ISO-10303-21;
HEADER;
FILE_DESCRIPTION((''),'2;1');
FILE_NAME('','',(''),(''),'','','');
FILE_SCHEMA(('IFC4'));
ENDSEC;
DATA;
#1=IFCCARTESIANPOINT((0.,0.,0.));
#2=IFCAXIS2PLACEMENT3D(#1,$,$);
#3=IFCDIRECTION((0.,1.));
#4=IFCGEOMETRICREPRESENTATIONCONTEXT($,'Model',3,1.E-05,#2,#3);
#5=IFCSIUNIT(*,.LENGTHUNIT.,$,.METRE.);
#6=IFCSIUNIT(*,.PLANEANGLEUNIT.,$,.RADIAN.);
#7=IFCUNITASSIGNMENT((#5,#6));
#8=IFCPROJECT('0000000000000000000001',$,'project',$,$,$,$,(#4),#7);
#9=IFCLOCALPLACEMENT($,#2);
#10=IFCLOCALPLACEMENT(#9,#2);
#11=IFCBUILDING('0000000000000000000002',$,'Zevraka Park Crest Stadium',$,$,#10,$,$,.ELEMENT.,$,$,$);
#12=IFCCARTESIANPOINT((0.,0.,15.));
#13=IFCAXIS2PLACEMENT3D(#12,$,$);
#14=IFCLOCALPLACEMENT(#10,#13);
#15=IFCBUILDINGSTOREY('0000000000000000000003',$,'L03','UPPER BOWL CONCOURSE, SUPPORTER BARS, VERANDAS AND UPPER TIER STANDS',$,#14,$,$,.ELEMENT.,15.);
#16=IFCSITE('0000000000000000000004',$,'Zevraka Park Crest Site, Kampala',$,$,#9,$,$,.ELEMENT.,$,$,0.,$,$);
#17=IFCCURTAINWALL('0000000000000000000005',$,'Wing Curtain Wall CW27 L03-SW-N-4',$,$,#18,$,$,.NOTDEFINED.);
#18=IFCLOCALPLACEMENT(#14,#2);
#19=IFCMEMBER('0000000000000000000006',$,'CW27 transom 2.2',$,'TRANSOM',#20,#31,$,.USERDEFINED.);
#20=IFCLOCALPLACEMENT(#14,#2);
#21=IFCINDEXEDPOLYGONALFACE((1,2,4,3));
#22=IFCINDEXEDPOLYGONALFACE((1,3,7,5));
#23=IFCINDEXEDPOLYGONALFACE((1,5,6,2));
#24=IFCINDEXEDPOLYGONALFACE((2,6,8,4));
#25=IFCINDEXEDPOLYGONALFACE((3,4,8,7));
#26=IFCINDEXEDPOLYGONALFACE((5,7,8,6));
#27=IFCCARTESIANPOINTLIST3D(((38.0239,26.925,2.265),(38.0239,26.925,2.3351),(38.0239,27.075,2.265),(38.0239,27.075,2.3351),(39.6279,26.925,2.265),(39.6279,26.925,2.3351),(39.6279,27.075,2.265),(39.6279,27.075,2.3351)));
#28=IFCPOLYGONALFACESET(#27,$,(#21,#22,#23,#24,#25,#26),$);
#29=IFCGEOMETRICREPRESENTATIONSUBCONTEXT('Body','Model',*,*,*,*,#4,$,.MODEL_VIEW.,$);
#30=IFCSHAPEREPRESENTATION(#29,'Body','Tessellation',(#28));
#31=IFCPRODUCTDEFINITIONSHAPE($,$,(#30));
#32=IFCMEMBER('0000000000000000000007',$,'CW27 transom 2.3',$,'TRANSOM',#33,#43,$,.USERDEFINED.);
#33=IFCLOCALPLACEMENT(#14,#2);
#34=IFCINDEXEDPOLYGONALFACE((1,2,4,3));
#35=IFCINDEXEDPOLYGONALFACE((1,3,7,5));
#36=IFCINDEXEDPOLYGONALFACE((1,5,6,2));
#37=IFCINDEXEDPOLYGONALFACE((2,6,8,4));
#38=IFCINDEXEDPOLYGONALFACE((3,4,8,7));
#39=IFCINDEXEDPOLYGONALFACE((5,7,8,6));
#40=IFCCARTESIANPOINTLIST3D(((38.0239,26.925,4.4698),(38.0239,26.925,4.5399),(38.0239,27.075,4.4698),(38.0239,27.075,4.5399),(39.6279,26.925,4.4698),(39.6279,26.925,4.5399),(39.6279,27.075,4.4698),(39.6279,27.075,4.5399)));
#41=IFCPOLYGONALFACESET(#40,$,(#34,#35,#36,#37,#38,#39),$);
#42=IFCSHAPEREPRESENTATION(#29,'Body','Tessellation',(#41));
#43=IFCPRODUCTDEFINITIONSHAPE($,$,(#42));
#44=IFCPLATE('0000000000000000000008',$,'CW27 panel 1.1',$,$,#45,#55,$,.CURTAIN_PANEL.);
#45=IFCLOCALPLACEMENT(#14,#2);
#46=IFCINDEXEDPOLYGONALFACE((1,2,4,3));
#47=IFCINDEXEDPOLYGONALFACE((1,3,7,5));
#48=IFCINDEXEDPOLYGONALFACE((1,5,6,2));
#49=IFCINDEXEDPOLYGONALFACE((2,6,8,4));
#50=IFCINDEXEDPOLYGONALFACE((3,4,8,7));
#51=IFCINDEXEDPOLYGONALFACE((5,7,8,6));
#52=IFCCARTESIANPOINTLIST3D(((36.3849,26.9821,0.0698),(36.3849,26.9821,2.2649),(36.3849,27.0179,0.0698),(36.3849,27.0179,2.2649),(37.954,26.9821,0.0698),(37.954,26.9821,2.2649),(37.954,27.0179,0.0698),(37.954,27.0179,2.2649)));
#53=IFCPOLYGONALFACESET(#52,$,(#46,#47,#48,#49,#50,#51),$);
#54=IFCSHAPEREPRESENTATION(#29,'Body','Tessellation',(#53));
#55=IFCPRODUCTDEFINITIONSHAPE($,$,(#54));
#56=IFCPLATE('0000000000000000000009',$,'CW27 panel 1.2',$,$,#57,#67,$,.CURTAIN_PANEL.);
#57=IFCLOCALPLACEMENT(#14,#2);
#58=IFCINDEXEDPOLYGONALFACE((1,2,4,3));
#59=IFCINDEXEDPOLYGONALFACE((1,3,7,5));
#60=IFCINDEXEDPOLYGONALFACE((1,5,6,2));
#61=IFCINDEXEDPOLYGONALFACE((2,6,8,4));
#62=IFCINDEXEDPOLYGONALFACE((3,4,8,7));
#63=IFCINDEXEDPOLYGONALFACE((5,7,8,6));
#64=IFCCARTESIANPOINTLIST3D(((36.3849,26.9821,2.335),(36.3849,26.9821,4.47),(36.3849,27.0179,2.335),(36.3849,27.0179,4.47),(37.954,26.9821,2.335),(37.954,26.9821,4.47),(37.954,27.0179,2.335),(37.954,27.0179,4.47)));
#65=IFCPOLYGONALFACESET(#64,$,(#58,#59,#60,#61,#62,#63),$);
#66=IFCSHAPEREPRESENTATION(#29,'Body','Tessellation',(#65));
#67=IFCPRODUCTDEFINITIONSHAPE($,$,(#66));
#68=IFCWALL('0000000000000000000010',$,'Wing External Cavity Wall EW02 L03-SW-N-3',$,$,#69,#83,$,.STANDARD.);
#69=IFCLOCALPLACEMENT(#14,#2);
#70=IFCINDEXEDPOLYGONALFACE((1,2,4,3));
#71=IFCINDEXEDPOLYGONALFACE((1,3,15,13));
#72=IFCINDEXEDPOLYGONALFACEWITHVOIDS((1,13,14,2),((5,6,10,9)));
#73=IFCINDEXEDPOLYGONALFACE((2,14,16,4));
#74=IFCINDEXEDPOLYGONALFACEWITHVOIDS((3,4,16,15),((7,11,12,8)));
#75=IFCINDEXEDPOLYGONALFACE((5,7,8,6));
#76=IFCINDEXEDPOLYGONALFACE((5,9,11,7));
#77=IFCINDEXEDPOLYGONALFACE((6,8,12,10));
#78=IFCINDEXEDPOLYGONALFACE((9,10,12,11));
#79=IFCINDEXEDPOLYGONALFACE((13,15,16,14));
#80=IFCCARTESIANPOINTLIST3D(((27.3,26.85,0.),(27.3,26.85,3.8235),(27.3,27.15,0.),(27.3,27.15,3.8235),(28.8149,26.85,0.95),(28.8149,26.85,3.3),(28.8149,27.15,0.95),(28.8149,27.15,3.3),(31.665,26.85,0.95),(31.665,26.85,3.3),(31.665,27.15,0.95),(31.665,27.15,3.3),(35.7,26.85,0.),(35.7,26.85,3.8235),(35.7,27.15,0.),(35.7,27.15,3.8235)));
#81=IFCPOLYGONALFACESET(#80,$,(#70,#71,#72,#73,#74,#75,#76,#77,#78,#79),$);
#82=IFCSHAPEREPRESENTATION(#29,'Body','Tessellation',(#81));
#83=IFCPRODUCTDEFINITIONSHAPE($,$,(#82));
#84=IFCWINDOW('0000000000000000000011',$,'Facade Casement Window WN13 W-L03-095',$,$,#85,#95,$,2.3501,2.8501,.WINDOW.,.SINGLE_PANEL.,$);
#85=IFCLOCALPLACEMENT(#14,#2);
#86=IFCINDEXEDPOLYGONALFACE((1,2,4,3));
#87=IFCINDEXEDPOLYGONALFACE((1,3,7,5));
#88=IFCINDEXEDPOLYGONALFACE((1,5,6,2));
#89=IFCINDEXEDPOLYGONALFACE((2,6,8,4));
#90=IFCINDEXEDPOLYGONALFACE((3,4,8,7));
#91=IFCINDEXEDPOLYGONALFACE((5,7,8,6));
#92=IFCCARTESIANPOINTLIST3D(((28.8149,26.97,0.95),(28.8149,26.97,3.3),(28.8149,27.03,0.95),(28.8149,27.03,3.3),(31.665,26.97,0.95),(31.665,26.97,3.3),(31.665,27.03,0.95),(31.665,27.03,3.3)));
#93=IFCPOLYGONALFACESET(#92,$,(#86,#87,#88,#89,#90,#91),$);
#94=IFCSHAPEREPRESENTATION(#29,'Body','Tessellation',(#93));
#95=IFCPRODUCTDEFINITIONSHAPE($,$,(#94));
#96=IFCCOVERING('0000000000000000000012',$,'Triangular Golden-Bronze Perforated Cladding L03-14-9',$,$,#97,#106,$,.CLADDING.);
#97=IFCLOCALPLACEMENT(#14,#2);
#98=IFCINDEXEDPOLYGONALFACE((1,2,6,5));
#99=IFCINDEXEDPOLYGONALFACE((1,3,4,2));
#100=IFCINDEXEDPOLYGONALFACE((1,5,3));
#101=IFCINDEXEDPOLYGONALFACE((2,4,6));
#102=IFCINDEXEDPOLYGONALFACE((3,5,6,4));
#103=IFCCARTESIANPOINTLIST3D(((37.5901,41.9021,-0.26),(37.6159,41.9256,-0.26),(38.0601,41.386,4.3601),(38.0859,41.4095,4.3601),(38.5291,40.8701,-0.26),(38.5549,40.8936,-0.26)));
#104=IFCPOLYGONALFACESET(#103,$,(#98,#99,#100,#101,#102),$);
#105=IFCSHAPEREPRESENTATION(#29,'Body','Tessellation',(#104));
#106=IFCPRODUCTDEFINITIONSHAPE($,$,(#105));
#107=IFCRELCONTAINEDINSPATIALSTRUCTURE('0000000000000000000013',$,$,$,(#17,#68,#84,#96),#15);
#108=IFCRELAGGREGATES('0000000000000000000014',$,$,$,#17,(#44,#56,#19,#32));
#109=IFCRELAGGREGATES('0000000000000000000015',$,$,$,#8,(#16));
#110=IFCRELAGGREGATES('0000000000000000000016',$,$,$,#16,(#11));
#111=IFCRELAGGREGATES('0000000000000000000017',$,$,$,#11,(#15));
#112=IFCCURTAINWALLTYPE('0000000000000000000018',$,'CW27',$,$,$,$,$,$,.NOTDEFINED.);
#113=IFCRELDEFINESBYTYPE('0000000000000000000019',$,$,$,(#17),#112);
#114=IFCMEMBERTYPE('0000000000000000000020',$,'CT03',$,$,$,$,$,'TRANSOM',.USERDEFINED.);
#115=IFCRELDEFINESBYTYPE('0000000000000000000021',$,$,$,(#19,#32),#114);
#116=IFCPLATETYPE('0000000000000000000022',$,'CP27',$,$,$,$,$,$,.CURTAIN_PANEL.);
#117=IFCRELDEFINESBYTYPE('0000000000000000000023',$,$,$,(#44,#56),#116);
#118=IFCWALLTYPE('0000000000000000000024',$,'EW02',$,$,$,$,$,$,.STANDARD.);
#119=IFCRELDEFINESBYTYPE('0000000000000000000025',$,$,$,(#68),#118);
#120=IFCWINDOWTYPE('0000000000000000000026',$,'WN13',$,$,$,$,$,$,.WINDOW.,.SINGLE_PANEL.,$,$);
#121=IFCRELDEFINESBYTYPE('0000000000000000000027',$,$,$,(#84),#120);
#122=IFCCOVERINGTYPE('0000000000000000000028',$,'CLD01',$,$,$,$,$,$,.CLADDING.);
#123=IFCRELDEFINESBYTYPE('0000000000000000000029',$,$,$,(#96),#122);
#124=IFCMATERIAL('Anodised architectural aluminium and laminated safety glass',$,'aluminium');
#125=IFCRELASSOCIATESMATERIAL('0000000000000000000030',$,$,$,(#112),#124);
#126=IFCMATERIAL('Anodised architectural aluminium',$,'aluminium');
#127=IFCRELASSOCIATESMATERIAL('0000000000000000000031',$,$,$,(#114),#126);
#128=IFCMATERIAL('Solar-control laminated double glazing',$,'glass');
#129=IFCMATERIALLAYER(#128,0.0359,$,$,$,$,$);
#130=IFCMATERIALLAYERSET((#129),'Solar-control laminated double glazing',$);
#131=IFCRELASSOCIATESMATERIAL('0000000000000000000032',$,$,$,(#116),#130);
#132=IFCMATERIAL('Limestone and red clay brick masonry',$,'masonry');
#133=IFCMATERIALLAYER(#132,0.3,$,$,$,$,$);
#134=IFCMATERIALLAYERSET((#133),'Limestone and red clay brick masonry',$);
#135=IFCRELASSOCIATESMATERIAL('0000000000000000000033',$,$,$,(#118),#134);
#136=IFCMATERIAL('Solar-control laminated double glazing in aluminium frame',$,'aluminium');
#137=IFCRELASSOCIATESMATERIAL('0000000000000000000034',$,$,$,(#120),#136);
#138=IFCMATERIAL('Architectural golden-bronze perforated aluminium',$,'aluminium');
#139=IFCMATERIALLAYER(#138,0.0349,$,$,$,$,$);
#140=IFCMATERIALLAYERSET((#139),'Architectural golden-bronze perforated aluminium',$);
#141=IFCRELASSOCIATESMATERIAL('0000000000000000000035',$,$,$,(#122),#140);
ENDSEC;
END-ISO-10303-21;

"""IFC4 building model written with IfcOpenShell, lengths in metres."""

from ifc_helpers import new_model, si_unit, direction, frame, frame_2d, origin, origin_2d, place, context, subcontext, project, spatial, polyline, rectangle, outline, extrude, material, layer, layer_set, material_profile, profile_set, type_object, element, fill, aggregate, save


model = new_model("IFC4")

# Units and contexts
model_context = context("Model", 3, precision=1e-05, world=origin(), true_north=direction((0.0, 1.0)))
body_context = subcontext(model_context, "Body", "Model", "MODEL_VIEW")
ifc_project = project(units=[si_unit("LENGTHUNIT", "METRE"), si_unit("PLANEANGLEUNIT", "RADIAN")], contexts=[model_context])

# Site, building, storey
site_placement = place(None, origin())
site = spatial("IfcSite", under=ifc_project, at=site_placement, Name="Zevraka Park Crest Site, Kampala", CompositionType="ELEMENT", RefElevation=0.0)
building_placement = place(site_placement, origin())
building = spatial("IfcBuilding", under=site, at=building_placement, Name="Zevraka Park Crest Stadium", CompositionType="ELEMENT")
storey_placement = place(building_placement, frame((0.0, 0.0, 15.0)))
storey = spatial("IfcBuildingStorey", under=building, at=storey_placement, Name="L03", Description="UPPER BOWL CONCOURSE, SUPPORTER BARS, VERANDAS AND UPPER TIER STANDS", CompositionType="ELEMENT", Elevation=15.0)

# Curtain wall
ifc_material_1 = material(Name="Anodised architectural aluminium and laminated safety glass", Category="aluminium")
curtain_wall_type_1 = type_object("IfcCurtainWallType", Name="CW27", PredefinedType="NOTDEFINED", material=ifc_material_1)
curtain_wall_1_placement = place(storey_placement, origin())
curtain_wall_1 = element("IfcCurtainWall", 1, at=curtain_wall_1_placement, inside=storey, type_object=curtain_wall_type_1, Name="Wing Curtain Wall CW27 L03-SW-N-4", PredefinedType="NOTDEFINED")

# Members
ifc_material_2 = material(Name="Anodised architectural aluminium", Category="aluminium")
ifc_material_profile_1 = material_profile(ifc_material_2, rectangle(XDim=0.1499, YDim=0.0701, at=origin_2d()), Name="ALU TRANSOM 150x70")
ifc_profile_set_1 = profile_set([ifc_material_profile_1], Name="Anodised architectural aluminium")
member_type_1 = type_object("IfcMemberType", Name="CT03", ElementType="TRANSOM", PredefinedType="USERDEFINED", material=ifc_profile_set_1)
member_1_placement = place(storey_placement, frame((38.0239, 27.0, 2.3), z_axis=(1.0, 0.0, 0.0), x_axis=(0.0, 1.0, 0.0)))
member_1 = element("IfcMember", 2, at=member_1_placement, type_object=member_type_1, Name="CW27 transom 2.2", ObjectType="TRANSOM", PredefinedType="USERDEFINED", context=body_context, shape_type="SweptSolid", body=[
    extrude(rectangle(XDim=0.1499, YDim=0.0701, at=origin_2d()), origin(), (0.0, 0.0, 1.0), 1.604),
])
member_2_placement = place(storey_placement, frame((38.0239, 27.0, 4.5049), z_axis=(1.0, 0.0, 0.0), x_axis=(0.0, 1.0, 0.0)))
member_2 = element("IfcMember", 3, at=member_2_placement, type_object=member_type_1, Name="CW27 transom 2.3", ObjectType="TRANSOM", PredefinedType="USERDEFINED", context=body_context, shape_type="SweptSolid", body=[
    extrude(rectangle(XDim=0.1499, YDim=0.0701, at=origin_2d()), origin(), (0.0, 0.0, 1.0), 1.604),
])

# Plates
ifc_material_3 = material(Name="Solar-control laminated double glazing", Category="glass")
ifc_layer_1 = layer(ifc_material_3, 0.0359)
ifc_layer_set_1 = layer_set([ifc_layer_1], Name="Solar-control laminated double glazing")
plate_type = type_object("IfcPlateType", Name="CP27", PredefinedType="CURTAIN_PANEL", material=ifc_layer_set_1)
plate_1_placement = place(storey_placement, frame((37.1694, 27.0, 0.0698), z_axis=(0.0, 0.0, 1.0), x_axis=(1.0, 0.0, 0.0)))
plate_1 = element("IfcPlate", 4, at=plate_1_placement, type_object=plate_type, Name="CW27 panel 1.1", PredefinedType="CURTAIN_PANEL", context=body_context, shape_type="SweptSolid", body=[
    extrude(rectangle(XDim=1.5691, YDim=0.0359, at=origin_2d()), origin(), (0.0, 0.0, 1.0), 2.1951),
])
plate_2_placement = place(storey_placement, frame((37.1694, 27.0, 2.335), z_axis=(0.0, 0.0, 1.0), x_axis=(1.0, 0.0, 0.0)))
plate_2 = element("IfcPlate", 5, at=plate_2_placement, type_object=plate_type, Name="CW27 panel 1.2", PredefinedType="CURTAIN_PANEL", context=body_context, shape_type="SweptSolid", body=[
    extrude(rectangle(XDim=1.5691, YDim=0.0359, at=origin_2d()), origin(), (0.0, 0.0, 1.0), 2.135),
])
aggregate(curtain_wall_1, [plate_1, plate_2, member_1, member_2])

# Wall, opening, window
ifc_material_4 = material(Name="Limestone and red clay brick masonry", Category="masonry")
ifc_layer_2 = layer(ifc_material_4, 0.3)
ifc_layer_set_2 = layer_set([ifc_layer_2], Name="Limestone and red clay brick masonry")
wall_type = type_object("IfcWallType", Name="EW02", PredefinedType="STANDARD", material=ifc_layer_set_2)
wall_placement = place(storey_placement, frame((27.3, 27.0, 0.0), z_axis=(0.0, 0.0, 1.0), x_axis=(1.0, 0.0, 0.0)))
wall = element("IfcWall", 6, at=wall_placement, inside=storey, type_object=wall_type, Name="Wing External Cavity Wall EW02 L03-SW-N-3", PredefinedType="STANDARD", context=body_context, shape_type="SweptSolid", body=[
    extrude(rectangle(XDim=8.3999, YDim=0.3, at=frame_2d((4.2, 0.0))), origin(), (0.0, 0.0, 1.0), 3.8235),
])
opening_placement = place(wall_placement, frame((1.5149, 0.0, 0.95)))
opening = element("IfcOpeningElement", 7, at=opening_placement, cuts=wall, PredefinedType="OPENING", context=body_context, shape_type="SweptSolid", body=[
    extrude(rectangle(XDim=2.8501, YDim=2.3501, at=frame_2d((1.425, 1.175))), frame((0.0, 0.1599, 0.0), z_axis=(0.0, -1.0, 0.0), x_axis=(1.0, 0.0, 0.0)), (0.0, 0.0, 1.0), 0.3201),
])
ifc_material_5 = material(Name="Solar-control laminated double glazing in aluminium frame", Category="aluminium")
window_type = type_object("IfcWindowType", Name="WN13", PartitioningType="SINGLE_PANEL", PredefinedType="WINDOW", material=ifc_material_5)
window_placement = place(opening_placement, origin())
window = element("IfcWindow", 8, at=window_placement, inside=storey, type_object=window_type, Name="Facade Casement Window WN13 W-L03-095", OverallHeight=2.3501, OverallWidth=2.8501, PartitioningType="SINGLE_PANEL", PredefinedType="WINDOW", context=body_context, shape_type="SweptSolid", body=[
    extrude(rectangle(XDim=2.8501, YDim=2.3501, at=frame_2d((1.425, 1.175))), frame((0.0, 0.03, 0.0), z_axis=(0.0, -1.0, 0.0), x_axis=(1.0, 0.0, 0.0)), (0.0, 0.0, 1.0), 0.0601),
])
fill(opening, window)

# Covering
ifc_material_6 = material(Name="Architectural golden-bronze perforated aluminium", Category="aluminium")
ifc_layer_3 = layer(ifc_material_6, 0.0349)
ifc_layer_set_3 = layer_set([ifc_layer_3], Name="Architectural golden-bronze perforated aluminium")
covering_type = type_object("IfcCoveringType", Name="CLD01", PredefinedType="CLADDING", material=ifc_layer_set_3)
covering_placement = place(storey_placement, frame((37.5901, 41.9021, -0.26), z_axis=(-0.739655, -0.672986, 0.00006), x_axis=(0.672986, -0.739655, 0.0)))
element("IfcCovering", 9, at=covering_placement, inside=storey, type_object=covering_type, Name="Triangular Golden-Bronze Perforated Cladding L03-14-9", PredefinedType="CLADDING", context=body_context, shape_type="SweptSolid", body=[
    extrude(outline(polyline([(0.0, 0.0), (1.3952, 0.0), (0.698, 4.6201), (0.0, 0.0)])), origin(), (0.0, 0.0, -1.0), 0.0349),
])

save(model, "model.ifc")
